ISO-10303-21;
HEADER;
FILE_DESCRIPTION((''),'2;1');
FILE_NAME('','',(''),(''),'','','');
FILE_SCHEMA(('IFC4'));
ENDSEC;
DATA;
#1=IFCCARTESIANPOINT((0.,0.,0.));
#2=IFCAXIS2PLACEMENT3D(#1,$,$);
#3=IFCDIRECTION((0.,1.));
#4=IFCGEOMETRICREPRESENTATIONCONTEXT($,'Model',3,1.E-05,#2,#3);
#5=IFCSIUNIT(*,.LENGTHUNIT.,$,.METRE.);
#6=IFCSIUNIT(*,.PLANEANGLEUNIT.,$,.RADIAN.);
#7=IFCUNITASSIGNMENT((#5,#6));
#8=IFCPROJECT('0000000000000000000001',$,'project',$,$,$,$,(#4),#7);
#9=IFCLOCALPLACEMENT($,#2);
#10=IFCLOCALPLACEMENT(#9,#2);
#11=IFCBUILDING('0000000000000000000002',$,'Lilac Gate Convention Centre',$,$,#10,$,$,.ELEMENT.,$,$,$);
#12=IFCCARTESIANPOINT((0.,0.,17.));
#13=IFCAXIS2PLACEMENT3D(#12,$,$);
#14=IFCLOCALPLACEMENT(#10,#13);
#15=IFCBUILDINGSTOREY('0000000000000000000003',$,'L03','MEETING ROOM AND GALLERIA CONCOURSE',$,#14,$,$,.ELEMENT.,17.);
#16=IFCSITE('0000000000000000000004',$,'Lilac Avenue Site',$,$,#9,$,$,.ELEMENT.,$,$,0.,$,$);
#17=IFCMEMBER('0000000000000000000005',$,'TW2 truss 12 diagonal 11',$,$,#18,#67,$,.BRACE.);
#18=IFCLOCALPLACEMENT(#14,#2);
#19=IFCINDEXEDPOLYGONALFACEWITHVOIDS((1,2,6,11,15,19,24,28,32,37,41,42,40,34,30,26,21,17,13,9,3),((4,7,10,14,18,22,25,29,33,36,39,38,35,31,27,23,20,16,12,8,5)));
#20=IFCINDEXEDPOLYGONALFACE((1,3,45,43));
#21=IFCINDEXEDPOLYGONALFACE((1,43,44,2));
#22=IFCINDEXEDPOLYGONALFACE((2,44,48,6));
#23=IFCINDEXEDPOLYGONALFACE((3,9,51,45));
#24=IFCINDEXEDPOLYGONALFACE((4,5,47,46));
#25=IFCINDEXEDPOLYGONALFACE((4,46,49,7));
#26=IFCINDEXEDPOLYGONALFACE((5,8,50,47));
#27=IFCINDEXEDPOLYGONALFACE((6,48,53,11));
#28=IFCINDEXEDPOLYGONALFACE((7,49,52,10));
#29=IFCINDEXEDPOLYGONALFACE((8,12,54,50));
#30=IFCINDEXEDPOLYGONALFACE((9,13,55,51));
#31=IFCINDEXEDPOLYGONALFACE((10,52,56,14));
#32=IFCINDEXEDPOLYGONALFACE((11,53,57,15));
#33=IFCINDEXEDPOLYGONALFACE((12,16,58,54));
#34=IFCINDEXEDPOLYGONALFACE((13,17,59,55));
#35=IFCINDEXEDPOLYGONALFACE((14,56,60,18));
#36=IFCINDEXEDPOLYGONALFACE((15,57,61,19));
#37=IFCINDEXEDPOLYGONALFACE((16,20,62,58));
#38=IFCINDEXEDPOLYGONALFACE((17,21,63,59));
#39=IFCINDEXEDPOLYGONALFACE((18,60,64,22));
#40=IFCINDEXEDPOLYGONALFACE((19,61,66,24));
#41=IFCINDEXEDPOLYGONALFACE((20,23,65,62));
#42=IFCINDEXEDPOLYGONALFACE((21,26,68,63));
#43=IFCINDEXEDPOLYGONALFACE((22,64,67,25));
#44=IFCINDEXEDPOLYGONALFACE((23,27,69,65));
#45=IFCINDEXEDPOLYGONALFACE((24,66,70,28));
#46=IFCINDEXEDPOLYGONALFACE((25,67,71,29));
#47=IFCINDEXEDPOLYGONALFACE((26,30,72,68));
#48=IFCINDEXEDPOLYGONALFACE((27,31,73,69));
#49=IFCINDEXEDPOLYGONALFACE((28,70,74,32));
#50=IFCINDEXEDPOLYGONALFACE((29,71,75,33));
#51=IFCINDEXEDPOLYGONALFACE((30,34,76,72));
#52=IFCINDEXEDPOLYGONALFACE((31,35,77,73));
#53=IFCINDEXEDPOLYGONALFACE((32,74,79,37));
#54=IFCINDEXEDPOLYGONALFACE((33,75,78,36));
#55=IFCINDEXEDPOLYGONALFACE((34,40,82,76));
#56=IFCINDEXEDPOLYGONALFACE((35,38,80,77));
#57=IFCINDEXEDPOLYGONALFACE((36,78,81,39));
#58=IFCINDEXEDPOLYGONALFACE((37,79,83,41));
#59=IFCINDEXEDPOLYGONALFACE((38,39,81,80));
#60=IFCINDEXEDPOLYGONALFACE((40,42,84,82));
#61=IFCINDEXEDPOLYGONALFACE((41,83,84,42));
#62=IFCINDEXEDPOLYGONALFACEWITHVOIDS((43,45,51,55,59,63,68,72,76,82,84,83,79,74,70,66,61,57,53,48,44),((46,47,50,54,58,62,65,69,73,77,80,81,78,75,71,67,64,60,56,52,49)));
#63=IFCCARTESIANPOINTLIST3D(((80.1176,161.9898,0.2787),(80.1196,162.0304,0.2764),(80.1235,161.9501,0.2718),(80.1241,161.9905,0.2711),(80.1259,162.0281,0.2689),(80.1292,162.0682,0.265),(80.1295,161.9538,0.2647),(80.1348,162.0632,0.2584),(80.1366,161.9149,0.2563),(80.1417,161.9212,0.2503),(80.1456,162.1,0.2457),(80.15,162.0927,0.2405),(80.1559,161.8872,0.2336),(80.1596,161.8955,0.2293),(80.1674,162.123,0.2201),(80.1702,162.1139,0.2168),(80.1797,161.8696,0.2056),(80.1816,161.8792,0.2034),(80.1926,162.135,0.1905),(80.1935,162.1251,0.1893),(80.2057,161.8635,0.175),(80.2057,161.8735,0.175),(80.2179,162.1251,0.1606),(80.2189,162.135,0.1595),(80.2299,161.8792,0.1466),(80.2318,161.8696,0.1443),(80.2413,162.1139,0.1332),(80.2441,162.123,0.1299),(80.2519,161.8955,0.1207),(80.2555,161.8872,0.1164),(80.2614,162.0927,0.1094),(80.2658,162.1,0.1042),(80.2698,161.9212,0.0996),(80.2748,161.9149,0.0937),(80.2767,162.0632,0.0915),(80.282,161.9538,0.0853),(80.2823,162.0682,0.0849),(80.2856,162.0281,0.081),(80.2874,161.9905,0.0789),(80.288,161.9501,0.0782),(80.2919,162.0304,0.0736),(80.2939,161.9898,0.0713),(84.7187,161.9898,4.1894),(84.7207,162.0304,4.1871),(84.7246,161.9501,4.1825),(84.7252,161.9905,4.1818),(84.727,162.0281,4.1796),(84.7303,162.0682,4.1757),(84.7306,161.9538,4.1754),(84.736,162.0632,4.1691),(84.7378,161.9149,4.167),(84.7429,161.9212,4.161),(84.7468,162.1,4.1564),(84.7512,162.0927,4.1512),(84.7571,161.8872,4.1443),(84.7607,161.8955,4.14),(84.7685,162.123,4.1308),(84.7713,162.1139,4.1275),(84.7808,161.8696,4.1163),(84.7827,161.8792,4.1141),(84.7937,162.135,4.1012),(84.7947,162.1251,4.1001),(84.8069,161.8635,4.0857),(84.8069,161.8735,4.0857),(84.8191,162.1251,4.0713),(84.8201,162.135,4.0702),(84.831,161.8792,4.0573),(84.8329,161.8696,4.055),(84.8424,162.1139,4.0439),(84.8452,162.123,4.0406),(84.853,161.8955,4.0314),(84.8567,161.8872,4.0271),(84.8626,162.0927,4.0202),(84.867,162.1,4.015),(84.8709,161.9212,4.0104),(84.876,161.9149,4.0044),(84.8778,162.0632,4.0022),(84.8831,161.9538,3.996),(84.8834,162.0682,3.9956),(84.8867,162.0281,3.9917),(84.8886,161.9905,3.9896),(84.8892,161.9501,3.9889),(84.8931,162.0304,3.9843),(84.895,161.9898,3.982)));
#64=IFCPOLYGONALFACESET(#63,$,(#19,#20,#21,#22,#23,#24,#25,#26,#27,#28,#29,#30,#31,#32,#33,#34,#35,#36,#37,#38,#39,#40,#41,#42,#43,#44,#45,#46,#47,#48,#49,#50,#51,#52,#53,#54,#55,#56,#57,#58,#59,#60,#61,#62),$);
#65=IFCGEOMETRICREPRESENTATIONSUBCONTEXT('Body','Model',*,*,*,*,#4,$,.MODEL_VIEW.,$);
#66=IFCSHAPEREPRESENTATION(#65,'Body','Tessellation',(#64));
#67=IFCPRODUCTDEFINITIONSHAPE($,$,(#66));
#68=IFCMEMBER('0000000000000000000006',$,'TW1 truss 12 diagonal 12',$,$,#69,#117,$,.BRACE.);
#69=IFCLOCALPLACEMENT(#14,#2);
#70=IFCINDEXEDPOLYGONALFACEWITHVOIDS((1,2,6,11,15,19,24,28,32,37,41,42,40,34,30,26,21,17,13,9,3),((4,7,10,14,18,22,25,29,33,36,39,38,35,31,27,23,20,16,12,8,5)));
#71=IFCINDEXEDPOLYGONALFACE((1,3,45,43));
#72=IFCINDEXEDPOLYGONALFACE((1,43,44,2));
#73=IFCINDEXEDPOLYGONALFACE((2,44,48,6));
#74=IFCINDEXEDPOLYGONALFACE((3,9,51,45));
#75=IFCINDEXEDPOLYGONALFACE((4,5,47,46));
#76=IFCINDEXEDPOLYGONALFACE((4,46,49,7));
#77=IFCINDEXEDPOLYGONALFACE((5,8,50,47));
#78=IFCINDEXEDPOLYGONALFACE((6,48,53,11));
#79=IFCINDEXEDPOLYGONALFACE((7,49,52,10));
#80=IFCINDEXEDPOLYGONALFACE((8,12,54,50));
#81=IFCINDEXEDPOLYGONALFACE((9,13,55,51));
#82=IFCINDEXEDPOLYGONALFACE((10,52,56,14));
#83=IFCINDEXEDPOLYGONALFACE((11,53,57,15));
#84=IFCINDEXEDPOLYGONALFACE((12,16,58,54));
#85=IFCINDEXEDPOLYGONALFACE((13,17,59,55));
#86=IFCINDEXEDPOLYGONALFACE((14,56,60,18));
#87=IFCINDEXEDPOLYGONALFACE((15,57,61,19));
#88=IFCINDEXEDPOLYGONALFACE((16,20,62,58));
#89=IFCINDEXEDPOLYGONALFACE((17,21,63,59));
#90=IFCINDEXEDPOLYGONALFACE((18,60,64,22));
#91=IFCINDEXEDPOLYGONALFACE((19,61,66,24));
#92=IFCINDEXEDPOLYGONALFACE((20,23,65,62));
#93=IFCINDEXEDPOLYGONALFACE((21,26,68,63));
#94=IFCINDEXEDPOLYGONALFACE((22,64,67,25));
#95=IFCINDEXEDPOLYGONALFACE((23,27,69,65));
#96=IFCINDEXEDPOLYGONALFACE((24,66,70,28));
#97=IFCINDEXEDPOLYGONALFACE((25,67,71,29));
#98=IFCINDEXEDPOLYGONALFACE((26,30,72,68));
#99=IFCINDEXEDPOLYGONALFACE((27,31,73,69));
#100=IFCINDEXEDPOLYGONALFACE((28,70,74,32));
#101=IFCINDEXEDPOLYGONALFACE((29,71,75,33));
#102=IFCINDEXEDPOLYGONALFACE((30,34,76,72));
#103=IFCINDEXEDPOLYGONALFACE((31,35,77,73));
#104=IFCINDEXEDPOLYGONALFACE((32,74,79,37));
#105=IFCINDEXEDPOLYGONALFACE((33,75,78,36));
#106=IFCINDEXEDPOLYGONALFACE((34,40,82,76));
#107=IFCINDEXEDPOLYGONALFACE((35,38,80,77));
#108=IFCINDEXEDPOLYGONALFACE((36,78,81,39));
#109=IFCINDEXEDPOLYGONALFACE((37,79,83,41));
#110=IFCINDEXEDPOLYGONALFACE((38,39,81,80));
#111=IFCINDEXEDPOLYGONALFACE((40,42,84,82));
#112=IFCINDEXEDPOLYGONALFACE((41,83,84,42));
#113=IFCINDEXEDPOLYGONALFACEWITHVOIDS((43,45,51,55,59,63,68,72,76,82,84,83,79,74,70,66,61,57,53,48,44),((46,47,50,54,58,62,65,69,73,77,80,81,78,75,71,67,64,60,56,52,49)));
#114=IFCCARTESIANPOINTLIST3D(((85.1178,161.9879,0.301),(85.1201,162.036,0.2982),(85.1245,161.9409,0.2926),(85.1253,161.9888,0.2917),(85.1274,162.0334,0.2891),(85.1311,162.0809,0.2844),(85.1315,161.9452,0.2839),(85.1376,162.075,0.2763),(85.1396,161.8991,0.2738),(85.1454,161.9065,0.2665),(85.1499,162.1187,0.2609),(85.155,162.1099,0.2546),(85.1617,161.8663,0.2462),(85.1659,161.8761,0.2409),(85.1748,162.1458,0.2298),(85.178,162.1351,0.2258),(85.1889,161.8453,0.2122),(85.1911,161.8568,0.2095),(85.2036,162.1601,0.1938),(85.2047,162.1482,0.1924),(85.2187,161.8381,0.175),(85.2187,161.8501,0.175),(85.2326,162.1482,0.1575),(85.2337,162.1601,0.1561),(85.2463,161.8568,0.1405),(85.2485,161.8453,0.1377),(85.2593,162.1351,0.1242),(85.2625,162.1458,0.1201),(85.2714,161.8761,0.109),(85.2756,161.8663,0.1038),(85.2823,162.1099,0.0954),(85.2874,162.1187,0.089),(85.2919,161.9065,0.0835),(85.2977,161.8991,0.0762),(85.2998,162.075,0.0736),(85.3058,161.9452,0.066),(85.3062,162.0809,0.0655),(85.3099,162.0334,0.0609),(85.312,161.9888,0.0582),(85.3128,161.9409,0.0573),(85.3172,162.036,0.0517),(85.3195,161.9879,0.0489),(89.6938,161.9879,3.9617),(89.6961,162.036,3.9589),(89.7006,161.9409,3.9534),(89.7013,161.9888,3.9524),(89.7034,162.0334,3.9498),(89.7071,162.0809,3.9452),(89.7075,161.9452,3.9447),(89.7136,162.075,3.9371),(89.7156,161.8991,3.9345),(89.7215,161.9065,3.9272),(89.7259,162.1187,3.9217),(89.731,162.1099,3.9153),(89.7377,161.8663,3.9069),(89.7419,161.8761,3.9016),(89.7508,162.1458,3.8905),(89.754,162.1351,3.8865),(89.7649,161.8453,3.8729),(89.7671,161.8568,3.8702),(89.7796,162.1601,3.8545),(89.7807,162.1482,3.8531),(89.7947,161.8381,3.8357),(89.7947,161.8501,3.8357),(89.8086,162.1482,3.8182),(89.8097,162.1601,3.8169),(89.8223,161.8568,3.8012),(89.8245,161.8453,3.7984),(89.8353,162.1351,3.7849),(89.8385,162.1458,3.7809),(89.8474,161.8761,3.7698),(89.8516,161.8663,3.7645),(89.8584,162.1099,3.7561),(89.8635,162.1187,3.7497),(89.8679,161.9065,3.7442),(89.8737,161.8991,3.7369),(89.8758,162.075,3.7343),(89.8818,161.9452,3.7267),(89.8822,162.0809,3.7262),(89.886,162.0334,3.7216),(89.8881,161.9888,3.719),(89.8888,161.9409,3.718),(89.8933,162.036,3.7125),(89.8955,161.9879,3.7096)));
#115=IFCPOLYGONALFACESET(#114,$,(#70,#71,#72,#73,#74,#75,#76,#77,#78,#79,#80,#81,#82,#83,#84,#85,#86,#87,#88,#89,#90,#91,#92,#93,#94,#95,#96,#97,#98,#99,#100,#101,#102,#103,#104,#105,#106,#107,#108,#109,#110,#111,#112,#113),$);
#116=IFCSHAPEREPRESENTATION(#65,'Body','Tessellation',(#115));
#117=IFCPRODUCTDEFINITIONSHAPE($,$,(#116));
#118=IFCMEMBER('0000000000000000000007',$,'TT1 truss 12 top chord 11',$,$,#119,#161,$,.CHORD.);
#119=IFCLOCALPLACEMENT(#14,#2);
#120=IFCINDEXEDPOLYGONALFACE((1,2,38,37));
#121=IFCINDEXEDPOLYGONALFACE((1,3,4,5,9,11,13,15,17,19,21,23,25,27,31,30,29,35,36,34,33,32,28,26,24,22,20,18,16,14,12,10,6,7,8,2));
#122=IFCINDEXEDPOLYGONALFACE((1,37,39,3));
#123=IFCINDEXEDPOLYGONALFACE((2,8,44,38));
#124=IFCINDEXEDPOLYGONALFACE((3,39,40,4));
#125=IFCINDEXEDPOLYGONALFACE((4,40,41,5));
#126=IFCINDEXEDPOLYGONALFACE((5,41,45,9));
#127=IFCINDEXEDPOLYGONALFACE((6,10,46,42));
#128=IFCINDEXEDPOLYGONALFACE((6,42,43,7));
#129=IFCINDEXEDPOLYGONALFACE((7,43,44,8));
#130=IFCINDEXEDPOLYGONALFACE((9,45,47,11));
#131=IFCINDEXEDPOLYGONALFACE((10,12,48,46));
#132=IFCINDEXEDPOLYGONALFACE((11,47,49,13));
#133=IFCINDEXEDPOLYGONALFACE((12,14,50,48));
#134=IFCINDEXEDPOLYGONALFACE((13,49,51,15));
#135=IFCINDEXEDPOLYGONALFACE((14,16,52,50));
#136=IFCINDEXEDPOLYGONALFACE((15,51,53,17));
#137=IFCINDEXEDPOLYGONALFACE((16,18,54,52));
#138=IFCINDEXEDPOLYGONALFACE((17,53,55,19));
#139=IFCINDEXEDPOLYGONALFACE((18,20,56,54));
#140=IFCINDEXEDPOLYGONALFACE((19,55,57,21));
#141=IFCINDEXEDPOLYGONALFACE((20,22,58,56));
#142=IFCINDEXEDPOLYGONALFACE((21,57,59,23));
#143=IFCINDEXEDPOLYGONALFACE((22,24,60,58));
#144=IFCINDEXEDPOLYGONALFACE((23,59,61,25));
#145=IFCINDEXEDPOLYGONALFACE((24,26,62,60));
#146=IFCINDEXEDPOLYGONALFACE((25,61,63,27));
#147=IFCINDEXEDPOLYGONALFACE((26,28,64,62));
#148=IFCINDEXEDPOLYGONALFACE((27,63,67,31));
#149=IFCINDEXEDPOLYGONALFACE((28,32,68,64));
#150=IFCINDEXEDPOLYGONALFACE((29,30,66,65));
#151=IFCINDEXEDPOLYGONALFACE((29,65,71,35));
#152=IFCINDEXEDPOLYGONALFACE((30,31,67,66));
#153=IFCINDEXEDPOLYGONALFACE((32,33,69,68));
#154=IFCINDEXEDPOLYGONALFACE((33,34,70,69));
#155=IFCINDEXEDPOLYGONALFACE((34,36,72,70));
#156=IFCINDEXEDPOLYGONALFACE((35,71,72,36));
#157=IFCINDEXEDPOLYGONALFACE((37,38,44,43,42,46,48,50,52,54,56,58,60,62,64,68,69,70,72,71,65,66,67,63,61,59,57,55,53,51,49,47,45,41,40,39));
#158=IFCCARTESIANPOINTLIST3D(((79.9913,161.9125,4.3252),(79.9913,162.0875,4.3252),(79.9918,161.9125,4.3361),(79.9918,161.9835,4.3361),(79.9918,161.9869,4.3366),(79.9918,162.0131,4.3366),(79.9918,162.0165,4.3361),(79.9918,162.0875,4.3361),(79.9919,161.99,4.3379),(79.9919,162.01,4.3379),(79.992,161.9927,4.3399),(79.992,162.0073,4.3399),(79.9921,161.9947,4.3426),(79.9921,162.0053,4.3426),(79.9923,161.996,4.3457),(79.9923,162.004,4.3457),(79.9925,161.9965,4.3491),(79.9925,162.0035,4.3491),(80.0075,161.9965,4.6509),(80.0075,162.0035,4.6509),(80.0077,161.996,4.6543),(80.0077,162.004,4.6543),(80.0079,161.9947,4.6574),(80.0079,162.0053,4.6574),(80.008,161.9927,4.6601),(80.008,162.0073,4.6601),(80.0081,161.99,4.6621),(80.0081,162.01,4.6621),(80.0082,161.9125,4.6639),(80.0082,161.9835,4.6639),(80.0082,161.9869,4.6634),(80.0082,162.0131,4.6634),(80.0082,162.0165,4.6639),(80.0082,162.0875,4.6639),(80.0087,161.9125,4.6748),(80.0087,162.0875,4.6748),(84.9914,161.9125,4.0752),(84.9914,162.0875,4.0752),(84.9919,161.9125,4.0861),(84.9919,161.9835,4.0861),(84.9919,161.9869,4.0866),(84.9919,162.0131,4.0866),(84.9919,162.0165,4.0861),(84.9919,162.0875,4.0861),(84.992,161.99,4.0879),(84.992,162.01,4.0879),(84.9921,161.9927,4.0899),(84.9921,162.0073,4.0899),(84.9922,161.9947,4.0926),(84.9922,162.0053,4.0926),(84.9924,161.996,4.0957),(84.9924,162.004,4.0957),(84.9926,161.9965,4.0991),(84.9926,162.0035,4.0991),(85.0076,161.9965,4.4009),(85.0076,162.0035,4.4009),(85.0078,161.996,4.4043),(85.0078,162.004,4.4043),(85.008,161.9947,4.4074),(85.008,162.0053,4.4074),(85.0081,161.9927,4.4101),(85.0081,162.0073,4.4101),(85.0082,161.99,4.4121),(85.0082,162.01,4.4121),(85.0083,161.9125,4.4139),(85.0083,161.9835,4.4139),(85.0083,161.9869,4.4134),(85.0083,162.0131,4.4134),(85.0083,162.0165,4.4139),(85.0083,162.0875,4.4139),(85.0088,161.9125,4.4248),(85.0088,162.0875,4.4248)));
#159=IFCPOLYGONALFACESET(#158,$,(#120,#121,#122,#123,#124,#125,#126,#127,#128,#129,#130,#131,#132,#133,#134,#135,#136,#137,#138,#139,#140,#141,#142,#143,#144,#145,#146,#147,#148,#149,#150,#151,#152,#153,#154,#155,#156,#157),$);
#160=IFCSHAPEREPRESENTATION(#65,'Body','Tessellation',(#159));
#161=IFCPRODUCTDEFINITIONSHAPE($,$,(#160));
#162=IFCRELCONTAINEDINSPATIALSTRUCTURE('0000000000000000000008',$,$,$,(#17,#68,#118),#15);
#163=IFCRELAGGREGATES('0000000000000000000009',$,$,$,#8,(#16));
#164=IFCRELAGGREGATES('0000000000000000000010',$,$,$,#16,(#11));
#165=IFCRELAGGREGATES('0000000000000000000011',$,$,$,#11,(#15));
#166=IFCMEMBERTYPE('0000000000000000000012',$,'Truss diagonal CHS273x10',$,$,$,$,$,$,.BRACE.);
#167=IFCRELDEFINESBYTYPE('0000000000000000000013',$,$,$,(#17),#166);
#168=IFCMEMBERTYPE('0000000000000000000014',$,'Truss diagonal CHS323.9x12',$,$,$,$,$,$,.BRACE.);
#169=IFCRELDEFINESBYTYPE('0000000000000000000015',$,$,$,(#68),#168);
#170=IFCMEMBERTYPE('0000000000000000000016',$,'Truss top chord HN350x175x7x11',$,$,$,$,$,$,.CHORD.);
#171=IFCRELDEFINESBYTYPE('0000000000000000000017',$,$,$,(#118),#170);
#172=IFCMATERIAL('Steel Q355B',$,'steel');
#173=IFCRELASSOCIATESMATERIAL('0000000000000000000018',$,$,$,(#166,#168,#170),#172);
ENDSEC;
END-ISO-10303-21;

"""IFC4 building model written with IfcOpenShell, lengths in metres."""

from ifc_helpers import new_model, si_unit, direction, frame, origin, origin_2d, place, context, subcontext, project, spatial, hollow_circle, i_section, extrude, material, material_profile, profile_set, type_object, element, save


model = new_model("IFC4")

# Units and contexts
model_context = context("Model", 3, precision=1e-05, world=origin(), true_north=direction((0.0, 1.0)))
body_context = subcontext(model_context, "Body", "Model", "MODEL_VIEW")
ifc_project = project(units=[si_unit("LENGTHUNIT", "METRE"), si_unit("PLANEANGLEUNIT", "RADIAN")], contexts=[model_context])

# Site, building, storey
site_placement = place(None, origin())
site = spatial("IfcSite", under=ifc_project, at=site_placement, Name="Lilac Avenue Site", CompositionType="ELEMENT", RefElevation=0.0)
building_placement = place(site_placement, origin())
building = spatial("IfcBuilding", under=site, at=building_placement, Name="Lilac Gate Convention Centre", CompositionType="ELEMENT")
storey_placement = place(building_placement, frame((0.0, 0.0, 17.0)))
storey = spatial("IfcBuildingStorey", under=building, at=storey_placement, Name="L03", Description="MEETING ROOM AND GALLERIA CONCOURSE", CompositionType="ELEMENT", Elevation=17.0)

# Members
ifc_material_1 = material(Name="Steel Q355B", Category="steel")
ifc_material_profile_1 = material_profile(ifc_material_1, hollow_circle(Radius=0.1365, WallThickness=0.01, at=origin_2d()), Name="CHS273x10")
ifc_profile_set_1 = profile_set([ifc_material_profile_1], Name="Steel Q355B")
member_type_1 = type_object("IfcMemberType", Name="Truss diagonal CHS273x10", PredefinedType="BRACE", material=ifc_profile_set_1)
member_1_placement = place(storey_placement, frame((84.8069, 162.0, 4.0857), z_axis=(-0.761961, 0.0, -0.647623), x_axis=(0.0, -1.0, 0.0)))
element("IfcMember", 1, at=member_1_placement, inside=storey, type_object=member_type_1, Name="TW2 truss 12 diagonal 11", PredefinedType="BRACE", context=body_context, shape_type="SweptSolid", body=[
    extrude(hollow_circle(Radius=0.1365, WallThickness=0.01, at=origin_2d()), origin(), (0.0, 0.0, 1.0), 6.0386),
])
ifc_material_profile_2 = material_profile(ifc_material_1, hollow_circle(Radius=0.1619, WallThickness=0.012, at=origin_2d()), Name="CHS323.9x12")
ifc_profile_set_2 = profile_set([ifc_material_profile_2], Name="Steel Q355B")
member_type_2 = type_object("IfcMemberType", Name="Truss diagonal CHS323.9x12", PredefinedType="BRACE", material=ifc_profile_set_2)
member_2_placement = place(storey_placement, frame((89.7947, 162.0, 3.8357), z_axis=(-0.780877, 0.0, -0.624685), x_axis=(0.0, -1.0, 0.0)))
element("IfcMember", 2, at=member_2_placement, inside=storey, type_object=member_type_2, Name="TW1 truss 12 diagonal 12", PredefinedType="BRACE", context=body_context, shape_type="SweptSolid", body=[
    extrude(hollow_circle(Radius=0.1619, WallThickness=0.012, at=origin_2d()), origin(), (0.0, 0.0, 1.0), 5.8601),
])
ifc_material_profile_3 = material_profile(ifc_material_1, i_section(OverallWidth=0.175, OverallDepth=0.3501, WebThickness=0.0071, FlangeThickness=0.011, FilletRadius=0.0129, at=origin_2d()), Name="HN350x175x7x11")
ifc_profile_set_3 = profile_set([ifc_material_profile_3], Name="Steel Q355B")
member_type_3 = type_object("IfcMemberType", Name="Truss top chord HN350x175x7x11", PredefinedType="CHORD", material=ifc_profile_set_3)
for number, where, z_axis, x_axis, name in (
    (3, (80.0, 162.0, 4.5), (0.998752, 0.0, -0.049938), (0.0, 1.0, 0.0), "TT1 truss 12 top chord 11"),
):
    element("IfcMember", number, at=place(storey_placement, frame(where, z_axis=z_axis, x_axis=x_axis)), inside=storey, type_object=member_type_3, Name=name, PredefinedType="CHORD", context=body_context, shape_type="SweptSolid", body=[
        extrude(i_section(OverallWidth=0.175, OverallDepth=0.3501, WebThickness=0.0071, FlangeThickness=0.011, FilletRadius=0.0129, at=origin_2d()), origin(), (0.0, 0.0, 1.0), 5.0063),
    ])

save(model, "model.ifc")
